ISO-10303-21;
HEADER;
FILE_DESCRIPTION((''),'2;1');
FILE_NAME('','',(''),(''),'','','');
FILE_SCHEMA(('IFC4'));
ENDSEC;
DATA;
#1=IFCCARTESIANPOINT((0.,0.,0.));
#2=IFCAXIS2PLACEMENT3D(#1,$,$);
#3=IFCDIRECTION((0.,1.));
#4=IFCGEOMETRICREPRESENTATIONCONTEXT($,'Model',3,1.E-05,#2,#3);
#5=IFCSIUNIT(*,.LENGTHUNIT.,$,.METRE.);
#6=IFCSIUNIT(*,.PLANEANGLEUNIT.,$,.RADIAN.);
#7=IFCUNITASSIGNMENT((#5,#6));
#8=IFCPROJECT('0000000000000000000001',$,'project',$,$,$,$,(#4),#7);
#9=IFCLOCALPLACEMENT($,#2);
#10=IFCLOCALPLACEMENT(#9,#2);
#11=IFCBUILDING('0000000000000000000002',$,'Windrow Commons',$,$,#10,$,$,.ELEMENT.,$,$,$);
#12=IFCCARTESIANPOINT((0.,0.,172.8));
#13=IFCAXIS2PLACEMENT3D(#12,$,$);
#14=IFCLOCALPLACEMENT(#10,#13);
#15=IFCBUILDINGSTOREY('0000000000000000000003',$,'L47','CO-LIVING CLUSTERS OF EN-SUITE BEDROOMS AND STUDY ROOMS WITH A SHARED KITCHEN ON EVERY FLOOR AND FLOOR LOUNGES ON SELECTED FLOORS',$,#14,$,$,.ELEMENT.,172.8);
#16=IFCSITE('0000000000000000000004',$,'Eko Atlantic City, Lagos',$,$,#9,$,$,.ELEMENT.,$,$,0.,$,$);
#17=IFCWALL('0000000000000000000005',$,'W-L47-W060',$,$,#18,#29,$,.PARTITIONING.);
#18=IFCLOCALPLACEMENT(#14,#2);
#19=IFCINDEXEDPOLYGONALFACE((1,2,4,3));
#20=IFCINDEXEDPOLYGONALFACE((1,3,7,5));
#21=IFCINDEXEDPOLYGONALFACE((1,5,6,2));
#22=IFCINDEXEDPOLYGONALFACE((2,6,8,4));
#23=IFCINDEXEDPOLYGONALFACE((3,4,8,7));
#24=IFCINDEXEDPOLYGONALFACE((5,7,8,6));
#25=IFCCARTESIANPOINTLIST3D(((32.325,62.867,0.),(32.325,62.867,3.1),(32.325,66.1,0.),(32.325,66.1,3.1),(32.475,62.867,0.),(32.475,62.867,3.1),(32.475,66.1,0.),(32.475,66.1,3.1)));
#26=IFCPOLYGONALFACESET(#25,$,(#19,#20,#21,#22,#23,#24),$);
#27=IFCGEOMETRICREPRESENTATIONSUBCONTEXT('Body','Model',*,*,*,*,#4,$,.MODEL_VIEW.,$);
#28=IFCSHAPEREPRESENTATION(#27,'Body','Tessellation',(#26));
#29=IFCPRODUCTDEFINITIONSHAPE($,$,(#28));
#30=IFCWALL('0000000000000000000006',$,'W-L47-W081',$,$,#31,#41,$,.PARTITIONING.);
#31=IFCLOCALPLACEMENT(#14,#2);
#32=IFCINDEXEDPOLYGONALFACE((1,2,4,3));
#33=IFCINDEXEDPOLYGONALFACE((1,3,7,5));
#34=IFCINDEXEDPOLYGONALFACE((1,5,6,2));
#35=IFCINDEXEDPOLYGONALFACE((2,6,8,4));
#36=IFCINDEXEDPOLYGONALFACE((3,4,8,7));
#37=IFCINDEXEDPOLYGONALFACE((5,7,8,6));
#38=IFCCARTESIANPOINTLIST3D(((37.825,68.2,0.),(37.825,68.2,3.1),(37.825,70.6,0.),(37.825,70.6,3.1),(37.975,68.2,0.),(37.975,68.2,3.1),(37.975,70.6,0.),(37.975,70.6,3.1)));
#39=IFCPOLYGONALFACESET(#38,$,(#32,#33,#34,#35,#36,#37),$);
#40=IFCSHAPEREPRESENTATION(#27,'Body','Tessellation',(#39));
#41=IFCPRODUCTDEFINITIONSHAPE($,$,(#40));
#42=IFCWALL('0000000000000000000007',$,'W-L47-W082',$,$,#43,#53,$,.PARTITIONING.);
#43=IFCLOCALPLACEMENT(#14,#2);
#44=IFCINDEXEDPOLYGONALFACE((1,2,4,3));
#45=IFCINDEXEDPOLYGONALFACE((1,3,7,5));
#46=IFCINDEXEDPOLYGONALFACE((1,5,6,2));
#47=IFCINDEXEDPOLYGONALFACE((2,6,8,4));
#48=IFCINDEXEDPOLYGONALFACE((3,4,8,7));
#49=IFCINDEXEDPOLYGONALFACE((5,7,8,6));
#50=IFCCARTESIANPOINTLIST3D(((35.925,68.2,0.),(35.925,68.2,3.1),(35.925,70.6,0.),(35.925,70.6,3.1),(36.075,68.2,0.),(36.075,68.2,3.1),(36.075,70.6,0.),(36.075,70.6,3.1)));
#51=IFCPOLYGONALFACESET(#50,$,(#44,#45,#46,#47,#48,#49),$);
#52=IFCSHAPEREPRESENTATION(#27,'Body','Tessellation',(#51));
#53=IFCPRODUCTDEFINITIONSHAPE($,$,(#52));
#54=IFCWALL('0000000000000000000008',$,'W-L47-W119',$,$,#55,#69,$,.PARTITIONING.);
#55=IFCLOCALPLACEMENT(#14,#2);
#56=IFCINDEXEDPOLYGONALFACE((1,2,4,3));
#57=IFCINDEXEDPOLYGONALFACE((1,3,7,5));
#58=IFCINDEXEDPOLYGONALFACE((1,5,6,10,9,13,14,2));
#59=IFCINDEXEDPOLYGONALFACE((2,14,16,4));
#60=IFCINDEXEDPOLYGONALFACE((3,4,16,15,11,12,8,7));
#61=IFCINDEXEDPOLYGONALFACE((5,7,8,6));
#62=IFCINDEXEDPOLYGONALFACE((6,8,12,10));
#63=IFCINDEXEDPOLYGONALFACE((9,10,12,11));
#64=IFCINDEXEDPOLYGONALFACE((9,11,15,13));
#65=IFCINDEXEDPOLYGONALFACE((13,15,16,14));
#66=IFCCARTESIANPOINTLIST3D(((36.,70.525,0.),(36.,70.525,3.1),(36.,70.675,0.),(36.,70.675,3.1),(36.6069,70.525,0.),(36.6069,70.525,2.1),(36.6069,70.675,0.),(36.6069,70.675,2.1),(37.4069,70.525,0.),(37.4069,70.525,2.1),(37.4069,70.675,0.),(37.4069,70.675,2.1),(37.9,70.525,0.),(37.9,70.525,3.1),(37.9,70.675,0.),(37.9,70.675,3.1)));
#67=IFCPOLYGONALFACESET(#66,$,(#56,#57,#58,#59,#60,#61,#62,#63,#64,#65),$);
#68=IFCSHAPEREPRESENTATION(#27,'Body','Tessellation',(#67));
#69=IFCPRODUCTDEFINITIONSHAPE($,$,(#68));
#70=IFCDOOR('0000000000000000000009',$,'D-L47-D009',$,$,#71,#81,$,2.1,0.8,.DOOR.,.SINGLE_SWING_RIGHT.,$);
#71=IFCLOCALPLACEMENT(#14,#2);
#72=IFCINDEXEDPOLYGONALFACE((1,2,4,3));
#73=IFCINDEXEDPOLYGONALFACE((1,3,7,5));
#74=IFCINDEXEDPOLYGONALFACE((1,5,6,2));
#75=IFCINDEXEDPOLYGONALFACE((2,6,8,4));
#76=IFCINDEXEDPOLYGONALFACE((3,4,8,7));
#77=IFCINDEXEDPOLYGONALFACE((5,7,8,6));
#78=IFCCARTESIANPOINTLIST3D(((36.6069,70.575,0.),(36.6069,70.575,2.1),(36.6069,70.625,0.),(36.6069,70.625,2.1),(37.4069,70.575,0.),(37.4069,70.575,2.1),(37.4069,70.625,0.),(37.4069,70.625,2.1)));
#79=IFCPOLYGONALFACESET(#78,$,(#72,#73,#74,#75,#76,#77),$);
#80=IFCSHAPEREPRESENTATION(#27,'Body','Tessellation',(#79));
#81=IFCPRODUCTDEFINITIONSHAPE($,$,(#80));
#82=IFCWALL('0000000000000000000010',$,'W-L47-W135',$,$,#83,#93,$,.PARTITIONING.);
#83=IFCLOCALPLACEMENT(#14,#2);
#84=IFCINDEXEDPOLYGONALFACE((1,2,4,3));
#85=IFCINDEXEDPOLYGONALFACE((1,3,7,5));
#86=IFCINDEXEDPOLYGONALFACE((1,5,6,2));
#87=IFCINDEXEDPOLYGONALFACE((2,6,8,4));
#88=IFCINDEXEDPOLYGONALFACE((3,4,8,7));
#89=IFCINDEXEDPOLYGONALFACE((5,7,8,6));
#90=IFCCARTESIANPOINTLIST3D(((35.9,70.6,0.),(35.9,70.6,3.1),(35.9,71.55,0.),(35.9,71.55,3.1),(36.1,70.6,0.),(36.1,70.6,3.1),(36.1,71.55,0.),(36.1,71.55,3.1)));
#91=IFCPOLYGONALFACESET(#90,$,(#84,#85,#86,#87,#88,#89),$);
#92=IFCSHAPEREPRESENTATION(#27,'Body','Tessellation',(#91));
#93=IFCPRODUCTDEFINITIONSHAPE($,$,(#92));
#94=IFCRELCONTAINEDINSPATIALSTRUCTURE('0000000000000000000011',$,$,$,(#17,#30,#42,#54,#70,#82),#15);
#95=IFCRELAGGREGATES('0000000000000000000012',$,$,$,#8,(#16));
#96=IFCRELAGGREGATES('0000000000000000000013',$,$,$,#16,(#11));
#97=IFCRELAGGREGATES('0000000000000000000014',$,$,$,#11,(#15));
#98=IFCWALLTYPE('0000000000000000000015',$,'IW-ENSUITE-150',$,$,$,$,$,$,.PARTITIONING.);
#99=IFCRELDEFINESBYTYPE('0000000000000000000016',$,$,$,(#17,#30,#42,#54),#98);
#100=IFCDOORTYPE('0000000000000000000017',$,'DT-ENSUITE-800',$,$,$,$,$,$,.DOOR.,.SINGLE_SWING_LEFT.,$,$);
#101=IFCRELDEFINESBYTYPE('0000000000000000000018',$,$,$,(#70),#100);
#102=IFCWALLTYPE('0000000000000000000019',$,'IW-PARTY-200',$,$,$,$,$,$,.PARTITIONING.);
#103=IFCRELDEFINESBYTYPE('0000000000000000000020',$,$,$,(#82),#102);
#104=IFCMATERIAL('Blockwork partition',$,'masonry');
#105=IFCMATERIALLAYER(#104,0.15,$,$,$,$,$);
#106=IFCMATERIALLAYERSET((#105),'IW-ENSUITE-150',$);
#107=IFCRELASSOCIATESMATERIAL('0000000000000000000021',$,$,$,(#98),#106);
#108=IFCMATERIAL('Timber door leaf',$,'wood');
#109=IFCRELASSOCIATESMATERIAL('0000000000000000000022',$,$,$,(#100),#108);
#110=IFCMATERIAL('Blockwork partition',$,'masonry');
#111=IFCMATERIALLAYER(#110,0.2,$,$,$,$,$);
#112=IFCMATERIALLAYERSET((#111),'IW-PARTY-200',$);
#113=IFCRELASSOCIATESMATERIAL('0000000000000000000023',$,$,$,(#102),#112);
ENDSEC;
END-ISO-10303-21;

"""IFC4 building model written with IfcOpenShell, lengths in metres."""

from ifc_helpers import new_model, si_unit, direction, frame, frame_2d, origin, place, context, subcontext, project, spatial, rectangle, extrude, material, layer, layer_set, type_object, element, fill, save


model = new_model("IFC4")

# Units and contexts
model_context = context("Model", 3, precision=1e-05, world=origin(), true_north=direction((0.0, 1.0)))
body_context = subcontext(model_context, "Body", "Model", "MODEL_VIEW")
ifc_project = project(units=[si_unit("LENGTHUNIT", "METRE"), si_unit("PLANEANGLEUNIT", "RADIAN")], contexts=[model_context])

# Site, building, storey
site_placement = place(None, origin())
site = spatial("IfcSite", under=ifc_project, at=site_placement, Name="Eko Atlantic City, Lagos", CompositionType="ELEMENT", RefElevation=0.0)
building_placement = place(site_placement, origin())
building = spatial("IfcBuilding", under=site, at=building_placement, Name="Windrow Commons", CompositionType="ELEMENT")
storey_placement = place(building_placement, frame((0.0, 0.0, 172.8)))
storey = spatial("IfcBuildingStorey", under=building, at=storey_placement, Name="L47", Description="CO-LIVING CLUSTERS OF EN-SUITE BEDROOMS AND STUDY ROOMS WITH A SHARED KITCHEN ON EVERY FLOOR AND FLOOR LOUNGES ON SELECTED FLOORS", CompositionType="ELEMENT", Elevation=172.8)

# Walls
ifc_material_1 = material(Name="Blockwork partition", Category="masonry")
ifc_layer_1 = layer(ifc_material_1, 0.15)
ifc_layer_set_1 = layer_set([ifc_layer_1], Name="IW-ENSUITE-150")
wall_type_1 = type_object("IfcWallType", Name="IW-ENSUITE-150", PredefinedType="PARTITIONING", material=ifc_layer_set_1)
wall_1_placement = place(storey_placement, frame((32.4, 62.867, 0.0), z_axis=(0.0, 0.0, 1.0), x_axis=(0.0, 1.0, 0.0)))
element("IfcWall", 1, at=wall_1_placement, inside=storey, type_object=wall_type_1, Name="W-L47-W060", PredefinedType="PARTITIONING", context=body_context, shape_type="SweptSolid", body=[
    extrude(rectangle(XDim=3.233, YDim=0.15, at=frame_2d((1.6165, 0.0))), origin(), (0.0, 0.0, 1.0), 3.1),
])
for number, where, z_axis, x_axis, name in (
    (2, (37.9, 68.2, 0.0), (0.0, 0.0, 1.0), (0.0, 1.0, 0.0), "W-L47-W081"),
    (3, (36.0, 68.2, 0.0), (0.0, 0.0, 1.0), (0.0, 1.0, 0.0), "W-L47-W082"),
):
    element("IfcWall", number, at=place(storey_placement, frame(where, z_axis=z_axis, x_axis=x_axis)), inside=storey, type_object=wall_type_1, Name=name, PredefinedType="PARTITIONING", context=body_context, shape_type="SweptSolid", body=[
        extrude(rectangle(XDim=2.4, YDim=0.15, at=frame_2d((1.2, 0.0))), origin(), (0.0, 0.0, 1.0), 3.1),
    ])

# Wall, opening, door
wall_2_placement = place(storey_placement, frame((36.0, 70.6, 0.0), z_axis=(0.0, 0.0, 1.0), x_axis=(1.0, 0.0, 0.0)))
wall_2 = element("IfcWall", 4, at=wall_2_placement, inside=storey, type_object=wall_type_1, Name="W-L47-W119", PredefinedType="PARTITIONING", context=body_context, shape_type="SweptSolid", body=[
    extrude(rectangle(XDim=1.9, YDim=0.15, at=frame_2d((0.95, 0.0))), origin(), (0.0, 0.0, 1.0), 3.1),
])
opening_1_placement = place(wall_2_placement, frame((0.6069, 0.0, 0.0)))
opening_1 = element("IfcOpeningElement", 5, at=opening_1_placement, cuts=wall_2, PredefinedType="OPENING", context=body_context, shape_type="SweptSolid", body=[
    extrude(rectangle(XDim=0.8, YDim=2.1, at=frame_2d((0.4, 1.05))), frame((0.0, 0.085, 0.0), z_axis=(0.0, -1.0, 0.0), x_axis=(1.0, 0.0, 0.0)), (0.0, 0.0, 1.0), 0.17),
])
ifc_material_2 = material(Name="Timber door leaf", Category="wood")
door_type = type_object("IfcDoorType", Name="DT-ENSUITE-800", OperationType="SINGLE_SWING_LEFT", PredefinedType="DOOR", material=ifc_material_2)
door_placement = place(opening_1_placement, origin())
door = element("IfcDoor", 6, at=door_placement, inside=storey, type_object=door_type, Name="D-L47-D009", OperationType="SINGLE_SWING_RIGHT", OverallHeight=2.1, OverallWidth=0.8, PredefinedType="DOOR", context=body_context, shape_type="SweptSolid", body=[
    extrude(rectangle(XDim=0.8, YDim=2.1, at=frame_2d((0.4, 1.05))), frame((0.0, 0.025, 0.0), z_axis=(0.0, -1.0, 0.0), x_axis=(1.0, 0.0, 0.0)), (0.0, 0.0, 1.0), 0.05),
])
fill(opening_1, door)

# Wall
ifc_material_3 = material(Name="Blockwork partition", Category="masonry")
ifc_layer_2 = layer(ifc_material_3, 0.2)
ifc_layer_set_2 = layer_set([ifc_layer_2], Name="IW-PARTY-200")
wall_type_2 = type_object("IfcWallType", Name="IW-PARTY-200", PredefinedType="PARTITIONING", material=ifc_layer_set_2)
wall_3_placement = place(storey_placement, frame((36.0, 70.6, 0.0), z_axis=(0.0, 0.0, 1.0), x_axis=(0.0, 1.0, 0.0)))
element("IfcWall", 7, at=wall_3_placement, inside=storey, type_object=wall_type_2, Name="W-L47-W135", PredefinedType="PARTITIONING", context=body_context, shape_type="SweptSolid", body=[
    extrude(rectangle(XDim=0.95, YDim=0.2, at=frame_2d((0.475, 0.0))), origin(), (0.0, 0.0, 1.0), 3.1),
])

save(model, "model.ifc")
